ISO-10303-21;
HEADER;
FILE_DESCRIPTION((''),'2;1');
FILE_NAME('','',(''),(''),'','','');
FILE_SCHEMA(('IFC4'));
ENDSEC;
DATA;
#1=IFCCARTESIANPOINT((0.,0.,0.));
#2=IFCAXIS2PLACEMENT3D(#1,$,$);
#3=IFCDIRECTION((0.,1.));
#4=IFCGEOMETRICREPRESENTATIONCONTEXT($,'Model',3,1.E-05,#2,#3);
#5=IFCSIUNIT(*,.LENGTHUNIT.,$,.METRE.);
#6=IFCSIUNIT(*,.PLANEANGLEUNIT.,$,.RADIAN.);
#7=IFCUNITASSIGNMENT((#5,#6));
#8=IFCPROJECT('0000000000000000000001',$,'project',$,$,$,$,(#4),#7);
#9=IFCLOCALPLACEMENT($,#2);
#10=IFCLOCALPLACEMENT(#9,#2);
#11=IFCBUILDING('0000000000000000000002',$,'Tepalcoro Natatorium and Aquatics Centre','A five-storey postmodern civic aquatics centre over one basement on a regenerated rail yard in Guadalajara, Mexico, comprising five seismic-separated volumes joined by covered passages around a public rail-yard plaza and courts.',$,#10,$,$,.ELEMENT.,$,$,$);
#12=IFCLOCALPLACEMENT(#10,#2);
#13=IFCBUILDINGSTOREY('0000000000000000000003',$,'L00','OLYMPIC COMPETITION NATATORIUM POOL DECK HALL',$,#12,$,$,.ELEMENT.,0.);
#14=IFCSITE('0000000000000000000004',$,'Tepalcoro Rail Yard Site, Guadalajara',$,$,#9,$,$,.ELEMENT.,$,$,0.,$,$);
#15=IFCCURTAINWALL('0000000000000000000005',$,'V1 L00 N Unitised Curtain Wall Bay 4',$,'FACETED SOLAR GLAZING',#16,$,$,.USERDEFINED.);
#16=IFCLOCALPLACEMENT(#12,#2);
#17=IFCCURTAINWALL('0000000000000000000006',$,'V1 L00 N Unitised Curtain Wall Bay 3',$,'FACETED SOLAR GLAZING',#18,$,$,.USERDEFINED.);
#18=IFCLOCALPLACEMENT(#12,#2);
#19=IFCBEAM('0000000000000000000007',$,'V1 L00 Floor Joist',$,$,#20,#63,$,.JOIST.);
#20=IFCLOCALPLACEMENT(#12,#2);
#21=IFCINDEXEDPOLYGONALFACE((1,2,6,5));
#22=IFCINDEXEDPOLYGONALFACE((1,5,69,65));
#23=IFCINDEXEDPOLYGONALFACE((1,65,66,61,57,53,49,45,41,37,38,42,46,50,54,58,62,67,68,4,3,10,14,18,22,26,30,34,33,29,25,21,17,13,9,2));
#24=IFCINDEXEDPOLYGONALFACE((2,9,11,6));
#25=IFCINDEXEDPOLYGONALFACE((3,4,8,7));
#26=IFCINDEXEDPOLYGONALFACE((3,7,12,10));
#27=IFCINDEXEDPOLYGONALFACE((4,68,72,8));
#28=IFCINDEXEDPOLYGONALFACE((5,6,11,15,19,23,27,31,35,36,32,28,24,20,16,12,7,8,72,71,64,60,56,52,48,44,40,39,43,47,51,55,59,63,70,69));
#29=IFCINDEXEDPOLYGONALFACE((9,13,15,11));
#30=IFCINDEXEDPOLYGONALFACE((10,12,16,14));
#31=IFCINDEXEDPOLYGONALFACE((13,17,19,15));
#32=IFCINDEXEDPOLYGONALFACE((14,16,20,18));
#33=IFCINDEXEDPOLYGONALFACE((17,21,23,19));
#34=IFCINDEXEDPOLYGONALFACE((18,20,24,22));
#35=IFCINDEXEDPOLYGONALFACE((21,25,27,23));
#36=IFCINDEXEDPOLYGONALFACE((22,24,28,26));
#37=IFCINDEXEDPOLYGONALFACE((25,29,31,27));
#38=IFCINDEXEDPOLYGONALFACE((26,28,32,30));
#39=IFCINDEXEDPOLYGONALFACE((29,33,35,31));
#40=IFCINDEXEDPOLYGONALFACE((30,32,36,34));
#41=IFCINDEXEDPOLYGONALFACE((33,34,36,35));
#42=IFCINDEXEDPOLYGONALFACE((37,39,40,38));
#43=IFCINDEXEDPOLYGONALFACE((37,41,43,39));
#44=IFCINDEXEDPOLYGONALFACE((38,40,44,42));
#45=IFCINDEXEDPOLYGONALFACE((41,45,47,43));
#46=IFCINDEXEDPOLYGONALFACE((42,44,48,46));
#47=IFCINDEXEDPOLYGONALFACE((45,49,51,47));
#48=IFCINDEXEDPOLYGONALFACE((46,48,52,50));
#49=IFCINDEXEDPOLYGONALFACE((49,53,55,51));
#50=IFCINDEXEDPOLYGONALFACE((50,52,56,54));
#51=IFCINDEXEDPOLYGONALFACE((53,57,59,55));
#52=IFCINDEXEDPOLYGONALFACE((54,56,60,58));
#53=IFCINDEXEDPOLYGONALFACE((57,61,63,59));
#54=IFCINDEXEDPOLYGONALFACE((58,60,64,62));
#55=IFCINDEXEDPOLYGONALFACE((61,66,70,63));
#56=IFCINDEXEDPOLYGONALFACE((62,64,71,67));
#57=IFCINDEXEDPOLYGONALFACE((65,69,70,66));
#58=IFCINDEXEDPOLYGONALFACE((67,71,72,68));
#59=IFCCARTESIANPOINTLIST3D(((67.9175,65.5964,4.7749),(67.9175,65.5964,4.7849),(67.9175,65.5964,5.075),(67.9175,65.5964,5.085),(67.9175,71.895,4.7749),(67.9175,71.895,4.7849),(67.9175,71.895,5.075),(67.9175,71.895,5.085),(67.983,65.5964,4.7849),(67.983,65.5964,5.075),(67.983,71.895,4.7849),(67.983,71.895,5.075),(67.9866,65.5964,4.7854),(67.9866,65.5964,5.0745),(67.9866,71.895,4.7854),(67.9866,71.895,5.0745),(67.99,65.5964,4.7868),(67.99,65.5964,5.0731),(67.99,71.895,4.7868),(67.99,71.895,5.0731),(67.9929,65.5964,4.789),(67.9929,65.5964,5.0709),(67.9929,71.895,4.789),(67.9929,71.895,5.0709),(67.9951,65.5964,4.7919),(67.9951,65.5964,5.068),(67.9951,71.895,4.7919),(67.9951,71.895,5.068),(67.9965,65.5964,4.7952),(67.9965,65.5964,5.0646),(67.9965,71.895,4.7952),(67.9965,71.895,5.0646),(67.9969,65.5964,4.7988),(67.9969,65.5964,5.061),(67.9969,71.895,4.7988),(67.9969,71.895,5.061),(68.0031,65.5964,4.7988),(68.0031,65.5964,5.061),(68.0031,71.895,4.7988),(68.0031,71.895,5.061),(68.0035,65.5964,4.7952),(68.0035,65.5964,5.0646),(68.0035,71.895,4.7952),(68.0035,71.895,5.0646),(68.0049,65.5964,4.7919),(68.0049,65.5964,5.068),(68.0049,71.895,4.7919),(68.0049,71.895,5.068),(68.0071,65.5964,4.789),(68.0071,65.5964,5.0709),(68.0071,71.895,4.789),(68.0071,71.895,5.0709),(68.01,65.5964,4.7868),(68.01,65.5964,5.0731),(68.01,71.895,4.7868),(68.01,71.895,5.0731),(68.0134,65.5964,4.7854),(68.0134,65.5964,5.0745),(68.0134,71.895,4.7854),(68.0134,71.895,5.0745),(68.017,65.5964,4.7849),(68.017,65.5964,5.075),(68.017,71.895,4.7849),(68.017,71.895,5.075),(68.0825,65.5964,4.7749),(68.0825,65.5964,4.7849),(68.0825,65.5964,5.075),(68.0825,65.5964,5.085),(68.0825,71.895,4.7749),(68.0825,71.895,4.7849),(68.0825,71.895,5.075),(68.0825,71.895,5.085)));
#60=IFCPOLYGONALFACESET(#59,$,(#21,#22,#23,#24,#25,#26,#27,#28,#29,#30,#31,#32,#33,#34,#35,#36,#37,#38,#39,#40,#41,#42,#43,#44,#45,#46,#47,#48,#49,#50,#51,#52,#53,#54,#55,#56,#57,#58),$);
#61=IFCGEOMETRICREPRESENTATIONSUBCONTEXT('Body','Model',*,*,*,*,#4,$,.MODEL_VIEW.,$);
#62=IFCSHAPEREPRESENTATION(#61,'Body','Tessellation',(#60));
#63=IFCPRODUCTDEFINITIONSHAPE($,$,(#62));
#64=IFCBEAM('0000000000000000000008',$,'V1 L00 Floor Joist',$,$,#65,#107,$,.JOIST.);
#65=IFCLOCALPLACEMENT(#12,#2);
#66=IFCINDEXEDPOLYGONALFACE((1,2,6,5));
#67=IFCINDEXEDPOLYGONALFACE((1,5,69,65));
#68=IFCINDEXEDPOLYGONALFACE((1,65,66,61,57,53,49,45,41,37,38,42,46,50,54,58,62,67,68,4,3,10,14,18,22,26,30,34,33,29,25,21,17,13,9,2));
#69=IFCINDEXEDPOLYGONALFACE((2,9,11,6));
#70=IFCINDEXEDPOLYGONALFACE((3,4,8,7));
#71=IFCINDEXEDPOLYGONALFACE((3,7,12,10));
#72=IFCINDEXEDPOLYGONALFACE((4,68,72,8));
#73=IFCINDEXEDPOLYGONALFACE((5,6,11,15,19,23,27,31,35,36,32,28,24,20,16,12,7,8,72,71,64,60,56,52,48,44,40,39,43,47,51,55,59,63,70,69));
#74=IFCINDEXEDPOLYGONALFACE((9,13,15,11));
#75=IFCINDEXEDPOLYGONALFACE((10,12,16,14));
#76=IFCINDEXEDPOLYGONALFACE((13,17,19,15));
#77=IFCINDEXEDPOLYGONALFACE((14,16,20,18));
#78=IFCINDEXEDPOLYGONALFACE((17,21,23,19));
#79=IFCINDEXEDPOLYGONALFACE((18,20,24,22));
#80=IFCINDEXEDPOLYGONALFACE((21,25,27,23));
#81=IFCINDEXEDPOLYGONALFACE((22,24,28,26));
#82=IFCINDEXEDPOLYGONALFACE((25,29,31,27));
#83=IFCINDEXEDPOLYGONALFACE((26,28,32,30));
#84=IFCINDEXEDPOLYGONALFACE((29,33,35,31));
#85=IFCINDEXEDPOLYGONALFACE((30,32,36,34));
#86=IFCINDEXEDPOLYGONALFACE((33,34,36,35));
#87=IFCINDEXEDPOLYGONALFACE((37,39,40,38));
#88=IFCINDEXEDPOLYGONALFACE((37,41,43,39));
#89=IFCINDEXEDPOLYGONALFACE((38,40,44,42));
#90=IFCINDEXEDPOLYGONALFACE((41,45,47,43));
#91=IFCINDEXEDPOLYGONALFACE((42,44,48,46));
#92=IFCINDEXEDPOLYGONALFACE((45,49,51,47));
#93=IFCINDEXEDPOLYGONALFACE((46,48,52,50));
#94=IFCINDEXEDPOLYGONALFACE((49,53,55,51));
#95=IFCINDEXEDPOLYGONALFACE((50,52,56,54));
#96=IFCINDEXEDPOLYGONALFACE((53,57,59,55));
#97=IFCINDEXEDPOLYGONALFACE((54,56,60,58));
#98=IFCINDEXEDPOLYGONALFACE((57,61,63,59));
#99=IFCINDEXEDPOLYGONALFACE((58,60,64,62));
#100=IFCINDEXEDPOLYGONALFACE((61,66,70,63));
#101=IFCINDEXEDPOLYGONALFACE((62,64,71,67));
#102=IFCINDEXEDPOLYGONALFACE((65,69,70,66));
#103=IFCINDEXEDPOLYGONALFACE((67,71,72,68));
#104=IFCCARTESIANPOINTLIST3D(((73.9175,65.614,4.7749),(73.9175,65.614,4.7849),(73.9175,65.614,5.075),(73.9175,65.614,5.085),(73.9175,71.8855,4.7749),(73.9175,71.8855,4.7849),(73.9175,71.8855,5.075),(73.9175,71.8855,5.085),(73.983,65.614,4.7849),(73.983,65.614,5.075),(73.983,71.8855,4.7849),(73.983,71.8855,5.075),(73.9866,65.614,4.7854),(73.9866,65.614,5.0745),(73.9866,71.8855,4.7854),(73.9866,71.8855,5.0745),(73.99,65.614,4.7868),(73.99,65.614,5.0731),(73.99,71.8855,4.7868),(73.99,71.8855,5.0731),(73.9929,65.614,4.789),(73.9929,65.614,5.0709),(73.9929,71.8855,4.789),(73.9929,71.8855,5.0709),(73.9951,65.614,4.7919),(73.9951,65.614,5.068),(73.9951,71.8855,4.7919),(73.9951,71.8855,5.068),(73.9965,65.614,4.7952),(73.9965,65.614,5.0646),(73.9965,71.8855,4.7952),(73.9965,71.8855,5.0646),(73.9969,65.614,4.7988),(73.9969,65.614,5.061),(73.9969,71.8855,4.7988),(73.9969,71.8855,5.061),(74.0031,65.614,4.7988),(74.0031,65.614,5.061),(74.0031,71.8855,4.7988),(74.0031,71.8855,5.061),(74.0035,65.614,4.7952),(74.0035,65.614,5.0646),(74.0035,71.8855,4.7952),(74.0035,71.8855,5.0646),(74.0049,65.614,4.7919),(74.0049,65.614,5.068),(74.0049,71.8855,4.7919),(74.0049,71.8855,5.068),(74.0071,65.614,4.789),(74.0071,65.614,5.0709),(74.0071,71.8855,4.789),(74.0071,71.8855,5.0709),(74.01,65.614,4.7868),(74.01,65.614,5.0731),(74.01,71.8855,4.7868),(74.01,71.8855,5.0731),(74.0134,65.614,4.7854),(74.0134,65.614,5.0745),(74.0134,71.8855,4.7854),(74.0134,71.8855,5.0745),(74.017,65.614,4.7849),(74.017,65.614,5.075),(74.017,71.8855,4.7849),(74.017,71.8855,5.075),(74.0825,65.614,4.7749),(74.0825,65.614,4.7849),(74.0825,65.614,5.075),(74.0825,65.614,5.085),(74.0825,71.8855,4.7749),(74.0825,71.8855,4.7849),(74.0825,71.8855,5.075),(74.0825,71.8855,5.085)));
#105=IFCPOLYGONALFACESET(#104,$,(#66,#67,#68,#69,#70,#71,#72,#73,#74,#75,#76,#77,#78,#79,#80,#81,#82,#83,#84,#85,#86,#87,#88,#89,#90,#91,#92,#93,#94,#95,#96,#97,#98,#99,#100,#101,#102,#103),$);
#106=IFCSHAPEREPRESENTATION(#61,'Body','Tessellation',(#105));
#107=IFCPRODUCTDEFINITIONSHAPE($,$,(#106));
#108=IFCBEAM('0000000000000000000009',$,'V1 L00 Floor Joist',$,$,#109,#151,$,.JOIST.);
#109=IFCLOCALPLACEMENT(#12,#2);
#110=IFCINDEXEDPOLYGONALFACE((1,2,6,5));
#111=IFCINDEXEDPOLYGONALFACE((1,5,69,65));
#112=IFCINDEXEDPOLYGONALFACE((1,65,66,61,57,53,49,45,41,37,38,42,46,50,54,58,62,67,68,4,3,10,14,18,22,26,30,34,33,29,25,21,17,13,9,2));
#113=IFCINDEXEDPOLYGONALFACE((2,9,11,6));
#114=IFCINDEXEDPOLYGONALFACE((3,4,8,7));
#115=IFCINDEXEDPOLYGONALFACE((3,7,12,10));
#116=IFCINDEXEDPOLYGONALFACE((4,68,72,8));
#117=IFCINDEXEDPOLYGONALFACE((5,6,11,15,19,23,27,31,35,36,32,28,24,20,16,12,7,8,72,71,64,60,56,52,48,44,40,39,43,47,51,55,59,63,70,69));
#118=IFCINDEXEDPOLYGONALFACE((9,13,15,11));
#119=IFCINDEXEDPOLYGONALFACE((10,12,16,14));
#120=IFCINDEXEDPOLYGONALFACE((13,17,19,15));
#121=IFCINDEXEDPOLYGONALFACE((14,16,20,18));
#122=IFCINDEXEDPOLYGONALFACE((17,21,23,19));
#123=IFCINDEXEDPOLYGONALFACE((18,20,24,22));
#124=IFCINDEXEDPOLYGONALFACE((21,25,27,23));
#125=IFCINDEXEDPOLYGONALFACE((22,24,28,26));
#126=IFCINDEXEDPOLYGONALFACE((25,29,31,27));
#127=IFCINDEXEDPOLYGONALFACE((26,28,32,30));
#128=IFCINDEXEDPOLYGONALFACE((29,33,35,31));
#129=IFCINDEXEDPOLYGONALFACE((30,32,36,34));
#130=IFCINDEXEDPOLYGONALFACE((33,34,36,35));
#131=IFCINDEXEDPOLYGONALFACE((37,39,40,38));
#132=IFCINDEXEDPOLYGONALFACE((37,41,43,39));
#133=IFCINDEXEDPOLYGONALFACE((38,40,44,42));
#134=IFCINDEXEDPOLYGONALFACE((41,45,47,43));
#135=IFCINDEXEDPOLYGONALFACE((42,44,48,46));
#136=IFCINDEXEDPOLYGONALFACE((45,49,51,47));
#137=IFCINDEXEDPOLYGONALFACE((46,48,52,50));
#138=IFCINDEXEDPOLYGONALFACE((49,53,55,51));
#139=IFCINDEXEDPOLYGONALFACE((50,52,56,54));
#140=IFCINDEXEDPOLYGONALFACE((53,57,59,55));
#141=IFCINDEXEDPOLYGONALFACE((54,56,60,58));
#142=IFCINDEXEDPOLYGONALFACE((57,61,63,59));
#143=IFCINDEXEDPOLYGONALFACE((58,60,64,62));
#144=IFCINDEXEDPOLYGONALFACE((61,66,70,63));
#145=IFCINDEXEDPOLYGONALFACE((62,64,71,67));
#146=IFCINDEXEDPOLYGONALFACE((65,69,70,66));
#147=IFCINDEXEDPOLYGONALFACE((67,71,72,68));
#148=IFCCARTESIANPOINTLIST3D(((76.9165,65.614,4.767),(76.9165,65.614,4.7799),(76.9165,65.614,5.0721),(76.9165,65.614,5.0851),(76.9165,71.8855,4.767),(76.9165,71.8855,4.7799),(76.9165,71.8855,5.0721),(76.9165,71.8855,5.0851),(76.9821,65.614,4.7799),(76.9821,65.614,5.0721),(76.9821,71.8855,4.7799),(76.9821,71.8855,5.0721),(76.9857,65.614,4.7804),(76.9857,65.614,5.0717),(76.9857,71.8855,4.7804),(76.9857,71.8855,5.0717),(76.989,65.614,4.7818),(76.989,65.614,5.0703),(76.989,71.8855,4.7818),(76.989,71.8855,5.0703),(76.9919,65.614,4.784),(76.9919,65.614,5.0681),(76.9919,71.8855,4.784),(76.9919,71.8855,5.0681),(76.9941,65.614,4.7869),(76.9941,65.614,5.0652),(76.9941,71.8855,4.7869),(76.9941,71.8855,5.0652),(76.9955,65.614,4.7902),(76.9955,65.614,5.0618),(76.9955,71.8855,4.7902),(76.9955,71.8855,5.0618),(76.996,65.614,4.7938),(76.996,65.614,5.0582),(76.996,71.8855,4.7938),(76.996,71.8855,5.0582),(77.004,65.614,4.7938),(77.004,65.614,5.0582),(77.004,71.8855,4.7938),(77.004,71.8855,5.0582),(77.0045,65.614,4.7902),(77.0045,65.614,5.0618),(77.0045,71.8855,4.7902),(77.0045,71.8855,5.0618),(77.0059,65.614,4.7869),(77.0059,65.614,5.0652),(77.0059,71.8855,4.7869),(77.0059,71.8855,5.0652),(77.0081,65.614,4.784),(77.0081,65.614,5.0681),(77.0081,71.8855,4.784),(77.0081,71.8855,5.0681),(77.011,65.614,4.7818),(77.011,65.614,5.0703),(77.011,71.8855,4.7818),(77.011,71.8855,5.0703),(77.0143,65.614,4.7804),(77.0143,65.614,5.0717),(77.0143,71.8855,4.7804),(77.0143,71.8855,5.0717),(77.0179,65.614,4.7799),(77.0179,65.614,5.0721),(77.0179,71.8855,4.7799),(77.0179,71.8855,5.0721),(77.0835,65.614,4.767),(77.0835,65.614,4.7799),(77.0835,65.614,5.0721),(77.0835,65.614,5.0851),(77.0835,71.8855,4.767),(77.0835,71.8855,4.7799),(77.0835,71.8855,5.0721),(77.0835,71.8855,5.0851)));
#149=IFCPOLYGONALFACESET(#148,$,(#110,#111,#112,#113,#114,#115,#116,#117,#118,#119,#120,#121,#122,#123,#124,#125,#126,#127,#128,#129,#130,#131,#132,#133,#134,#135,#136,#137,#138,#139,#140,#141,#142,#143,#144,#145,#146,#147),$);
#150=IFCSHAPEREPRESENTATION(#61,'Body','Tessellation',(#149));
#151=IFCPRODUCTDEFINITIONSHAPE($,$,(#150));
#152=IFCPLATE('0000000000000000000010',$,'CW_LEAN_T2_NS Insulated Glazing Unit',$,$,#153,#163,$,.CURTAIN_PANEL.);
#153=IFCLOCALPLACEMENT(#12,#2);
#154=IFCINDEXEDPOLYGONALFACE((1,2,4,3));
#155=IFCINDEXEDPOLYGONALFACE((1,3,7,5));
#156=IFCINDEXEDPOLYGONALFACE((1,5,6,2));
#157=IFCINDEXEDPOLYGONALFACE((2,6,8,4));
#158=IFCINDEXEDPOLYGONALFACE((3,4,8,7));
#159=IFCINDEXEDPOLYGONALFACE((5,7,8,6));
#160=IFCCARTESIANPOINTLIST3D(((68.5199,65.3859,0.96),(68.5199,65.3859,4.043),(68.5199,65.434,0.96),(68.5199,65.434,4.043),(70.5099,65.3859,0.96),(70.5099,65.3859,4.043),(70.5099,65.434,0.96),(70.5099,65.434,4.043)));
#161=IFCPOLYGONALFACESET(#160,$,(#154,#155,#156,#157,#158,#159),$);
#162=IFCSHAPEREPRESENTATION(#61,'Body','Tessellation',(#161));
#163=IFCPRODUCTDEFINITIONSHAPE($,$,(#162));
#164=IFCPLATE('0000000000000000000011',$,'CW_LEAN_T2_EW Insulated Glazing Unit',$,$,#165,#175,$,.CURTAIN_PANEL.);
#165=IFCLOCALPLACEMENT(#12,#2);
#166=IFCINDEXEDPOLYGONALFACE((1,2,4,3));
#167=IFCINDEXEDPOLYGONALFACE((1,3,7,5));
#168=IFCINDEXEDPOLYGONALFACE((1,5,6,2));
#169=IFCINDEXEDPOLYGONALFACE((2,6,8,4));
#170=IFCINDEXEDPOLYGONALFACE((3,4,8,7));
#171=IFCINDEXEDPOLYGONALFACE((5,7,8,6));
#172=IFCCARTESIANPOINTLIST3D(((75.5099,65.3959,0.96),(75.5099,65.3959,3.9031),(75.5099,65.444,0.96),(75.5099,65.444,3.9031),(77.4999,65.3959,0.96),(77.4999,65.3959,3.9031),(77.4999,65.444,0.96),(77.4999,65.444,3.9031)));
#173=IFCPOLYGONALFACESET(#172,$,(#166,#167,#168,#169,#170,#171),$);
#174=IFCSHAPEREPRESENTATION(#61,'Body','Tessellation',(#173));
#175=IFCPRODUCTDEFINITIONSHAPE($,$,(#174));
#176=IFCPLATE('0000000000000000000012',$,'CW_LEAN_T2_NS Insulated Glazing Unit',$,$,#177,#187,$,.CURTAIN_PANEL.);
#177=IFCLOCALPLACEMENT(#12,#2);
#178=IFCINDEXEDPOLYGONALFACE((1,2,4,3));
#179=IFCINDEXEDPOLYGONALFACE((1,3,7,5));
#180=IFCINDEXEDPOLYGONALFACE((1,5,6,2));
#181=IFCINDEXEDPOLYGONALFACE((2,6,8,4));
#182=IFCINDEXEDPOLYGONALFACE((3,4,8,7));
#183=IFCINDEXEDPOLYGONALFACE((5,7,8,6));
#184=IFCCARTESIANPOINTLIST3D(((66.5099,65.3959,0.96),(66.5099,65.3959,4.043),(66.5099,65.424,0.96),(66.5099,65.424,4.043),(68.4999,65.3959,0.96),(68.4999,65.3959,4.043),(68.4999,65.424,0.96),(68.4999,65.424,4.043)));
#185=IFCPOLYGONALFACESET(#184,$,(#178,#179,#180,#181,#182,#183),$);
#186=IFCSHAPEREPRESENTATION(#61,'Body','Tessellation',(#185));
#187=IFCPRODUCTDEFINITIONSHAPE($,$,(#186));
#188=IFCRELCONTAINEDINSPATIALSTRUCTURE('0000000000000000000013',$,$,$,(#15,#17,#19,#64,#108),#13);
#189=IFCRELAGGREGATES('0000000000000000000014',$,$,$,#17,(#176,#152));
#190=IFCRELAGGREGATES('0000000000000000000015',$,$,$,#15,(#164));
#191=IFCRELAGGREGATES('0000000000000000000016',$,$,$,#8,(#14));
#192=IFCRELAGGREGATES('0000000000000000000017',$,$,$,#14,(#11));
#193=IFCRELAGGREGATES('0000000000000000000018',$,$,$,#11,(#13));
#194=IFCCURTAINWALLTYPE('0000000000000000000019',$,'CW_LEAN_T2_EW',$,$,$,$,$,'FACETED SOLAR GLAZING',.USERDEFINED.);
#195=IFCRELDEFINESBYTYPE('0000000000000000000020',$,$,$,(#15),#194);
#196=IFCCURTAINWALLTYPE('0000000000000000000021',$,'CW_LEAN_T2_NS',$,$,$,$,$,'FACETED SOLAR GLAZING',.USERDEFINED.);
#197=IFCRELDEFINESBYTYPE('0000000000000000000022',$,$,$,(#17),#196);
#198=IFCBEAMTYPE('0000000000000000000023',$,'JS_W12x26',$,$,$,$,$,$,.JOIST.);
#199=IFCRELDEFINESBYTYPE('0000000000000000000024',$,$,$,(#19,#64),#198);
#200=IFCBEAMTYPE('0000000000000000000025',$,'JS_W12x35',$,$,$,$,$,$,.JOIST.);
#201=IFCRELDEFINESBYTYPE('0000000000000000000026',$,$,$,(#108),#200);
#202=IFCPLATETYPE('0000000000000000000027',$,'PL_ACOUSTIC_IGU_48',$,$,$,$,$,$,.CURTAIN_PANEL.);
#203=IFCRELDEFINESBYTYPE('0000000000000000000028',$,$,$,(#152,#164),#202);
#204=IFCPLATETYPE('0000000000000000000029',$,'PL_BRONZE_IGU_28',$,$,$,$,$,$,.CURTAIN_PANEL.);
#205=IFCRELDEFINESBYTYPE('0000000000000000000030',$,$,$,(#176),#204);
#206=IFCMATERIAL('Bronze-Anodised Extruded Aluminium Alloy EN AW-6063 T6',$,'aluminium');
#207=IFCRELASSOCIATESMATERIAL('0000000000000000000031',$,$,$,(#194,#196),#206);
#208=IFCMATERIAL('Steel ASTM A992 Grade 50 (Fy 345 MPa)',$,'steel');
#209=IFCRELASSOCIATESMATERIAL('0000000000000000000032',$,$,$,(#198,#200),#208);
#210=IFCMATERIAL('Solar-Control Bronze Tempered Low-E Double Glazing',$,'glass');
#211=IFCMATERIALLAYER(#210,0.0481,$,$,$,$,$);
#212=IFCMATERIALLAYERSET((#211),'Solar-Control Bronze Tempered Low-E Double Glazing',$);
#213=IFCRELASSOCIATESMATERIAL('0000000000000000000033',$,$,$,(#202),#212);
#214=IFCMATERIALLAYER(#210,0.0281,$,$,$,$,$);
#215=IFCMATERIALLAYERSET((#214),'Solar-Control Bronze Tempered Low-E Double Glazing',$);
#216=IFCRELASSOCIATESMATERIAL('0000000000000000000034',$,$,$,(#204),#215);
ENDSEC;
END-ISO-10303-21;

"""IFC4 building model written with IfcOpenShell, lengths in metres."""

from ifc_helpers import new_model, si_unit, direction, frame, origin, origin_2d, place, context, subcontext, project, spatial, rectangle, i_section, extrude, material, layer, layer_set, material_profile, profile_set, type_object, element, aggregate, save


model = new_model("IFC4")

# Units and contexts
model_context = context("Model", 3, precision=1e-05, world=origin(), true_north=direction((0.0, 1.0)))
body_context = subcontext(model_context, "Body", "Model", "MODEL_VIEW")
ifc_project = project(units=[si_unit("LENGTHUNIT", "METRE"), si_unit("PLANEANGLEUNIT", "RADIAN")], contexts=[model_context])

# Site, building, storey
site_placement = place(None, origin())
site = spatial("IfcSite", under=ifc_project, at=site_placement, Name="Tepalcoro Rail Yard Site, Guadalajara", CompositionType="ELEMENT", RefElevation=0.0)
building_placement = place(site_placement, origin())
building = spatial("IfcBuilding", under=site, at=building_placement, Name="Tepalcoro Natatorium and Aquatics Centre", Description="A five-storey postmodern civic aquatics centre over one basement on a regenerated rail yard in Guadalajara, Mexico, comprising five seismic-separated volumes joined by covered passages around a public rail-yard plaza and courts.", CompositionType="ELEMENT")
storey_placement = place(building_placement, origin())
storey = spatial("IfcBuildingStorey", under=building, at=storey_placement, Name="L00", Description="OLYMPIC COMPETITION NATATORIUM POOL DECK HALL", CompositionType="ELEMENT", Elevation=0.0)

# Shared definitions
ifc_material_1 = material(Name="Steel ASTM A992 Grade 50 (Fy 345 MPa)", Category="steel")

# Curtain walls
ifc_material_2 = material(Name="Bronze-Anodised Extruded Aluminium Alloy EN AW-6063 T6", Category="aluminium")
curtain_wall_type_1 = type_object("IfcCurtainWallType", Name="CW_LEAN_T2_EW", ElementType="FACETED SOLAR GLAZING", PredefinedType="USERDEFINED", material=ifc_material_2)
curtain_wall_1_placement = place(storey_placement, origin())
curtain_wall_1 = element("IfcCurtainWall", 1, at=curtain_wall_1_placement, inside=storey, type_object=curtain_wall_type_1, Name="V1 L00 N Unitised Curtain Wall Bay 4", ObjectType="FACETED SOLAR GLAZING", PredefinedType="USERDEFINED")
curtain_wall_type_2 = type_object("IfcCurtainWallType", Name="CW_LEAN_T2_NS", ElementType="FACETED SOLAR GLAZING", PredefinedType="USERDEFINED", material=ifc_material_2)
curtain_wall_2_placement = place(storey_placement, origin())
curtain_wall_2 = element("IfcCurtainWall", 2, at=curtain_wall_2_placement, inside=storey, type_object=curtain_wall_type_2, Name="V1 L00 N Unitised Curtain Wall Bay 3", ObjectType="FACETED SOLAR GLAZING", PredefinedType="USERDEFINED")

# Beams
ifc_material_profile_1 = material_profile(ifc_material_1, i_section(OverallWidth=0.165, OverallDepth=0.3101, WebThickness=0.0061, FlangeThickness=0.01, FilletRadius=0.0139, at=origin_2d()), Name="W12X26")
ifc_profile_set_1 = profile_set([ifc_material_profile_1], Name="Steel ASTM A992 Grade 50 (Fy 345 MPa)")
beam_type_1 = type_object("IfcBeamType", Name="JS_W12x26", PredefinedType="JOIST", material=ifc_profile_set_1)
beam_1_placement = place(storey_placement, frame((68.0, 65.5964, 4.9299), z_axis=(0.0, 1.0, 0.0), x_axis=(-1.0, 0.0, 0.0)))
element("IfcBeam", 3, at=beam_1_placement, inside=storey, type_object=beam_type_1, Name="V1 L00 Floor Joist", PredefinedType="JOIST", context=body_context, shape_type="SweptSolid", body=[
    extrude(i_section(OverallWidth=0.165, OverallDepth=0.3101, WebThickness=0.0061, FlangeThickness=0.01, FilletRadius=0.0139, at=origin_2d()), origin(), (0.0, 0.0, 1.0), 6.2986),
])
beam_2_placement = place(storey_placement, frame((74.0, 65.614, 4.9299), z_axis=(0.0, 1.0, 0.0), x_axis=(-1.0, 0.0, 0.0)))
element("IfcBeam", 4, at=beam_2_placement, inside=storey, type_object=beam_type_1, Name="V1 L00 Floor Joist", PredefinedType="JOIST", context=body_context, shape_type="SweptSolid", body=[
    extrude(i_section(OverallWidth=0.165, OverallDepth=0.3101, WebThickness=0.0061, FlangeThickness=0.01, FilletRadius=0.0139, at=origin_2d()), origin(), (0.0, 0.0, 1.0), 6.2715),
])
ifc_material_profile_2 = material_profile(ifc_material_1, i_section(OverallWidth=0.167, OverallDepth=0.3181, WebThickness=0.0081, FlangeThickness=0.0129, FilletRadius=0.0139, at=origin_2d()), Name="W12X35")
ifc_profile_set_2 = profile_set([ifc_material_profile_2], Name="Steel ASTM A992 Grade 50 (Fy 345 MPa)")
beam_type_2 = type_object("IfcBeamType", Name="JS_W12x35", PredefinedType="JOIST", material=ifc_profile_set_2)
beam_3_placement = place(storey_placement, frame((77.0, 65.614, 4.926), z_axis=(0.0, 1.0, 0.0), x_axis=(-1.0, 0.0, 0.0)))
element("IfcBeam", 5, at=beam_3_placement, inside=storey, type_object=beam_type_2, Name="V1 L00 Floor Joist", PredefinedType="JOIST", context=body_context, shape_type="SweptSolid", body=[
    extrude(i_section(OverallWidth=0.167, OverallDepth=0.3181, WebThickness=0.0081, FlangeThickness=0.0129, FilletRadius=0.0139, at=origin_2d()), origin(), (0.0, 0.0, 1.0), 6.2715),
])

# Plates
ifc_material_3 = material(Name="Solar-Control Bronze Tempered Low-E Double Glazing", Category="glass")
ifc_layer_1 = layer(ifc_material_3, 0.0481)
ifc_layer_set_1 = layer_set([ifc_layer_1], Name="Solar-Control Bronze Tempered Low-E Double Glazing")
plate_type_1 = type_object("IfcPlateType", Name="PL_ACOUSTIC_IGU_48", PredefinedType="CURTAIN_PANEL", material=ifc_layer_set_1)
plate_1_placement = place(storey_placement, frame((69.5149, 65.4099, 0.96), z_axis=(0.0, 0.0, 1.0), x_axis=(1.0, 0.0, 0.0)))
plate_1 = element("IfcPlate", 6, at=plate_1_placement, type_object=plate_type_1, Name="CW_LEAN_T2_NS Insulated Glazing Unit", PredefinedType="CURTAIN_PANEL", context=body_context, shape_type="SweptSolid", body=[
    extrude(rectangle(XDim=1.99, YDim=0.0481, at=origin_2d()), origin(), (0.0, 0.0, 1.0), 3.083),
])
plate_2_placement = place(storey_placement, frame((76.5049, 65.4199, 0.96), z_axis=(0.0, 0.0, 1.0), x_axis=(1.0, 0.0, 0.0)))
plate_2 = element("IfcPlate", 7, at=plate_2_placement, type_object=plate_type_1, Name="CW_LEAN_T2_EW Insulated Glazing Unit", PredefinedType="CURTAIN_PANEL", context=body_context, shape_type="SweptSolid", body=[
    extrude(rectangle(XDim=1.99, YDim=0.0481, at=origin_2d()), origin(), (0.0, 0.0, 1.0), 2.9431),
])
ifc_layer_2 = layer(ifc_material_3, 0.0281)
ifc_layer_set_2 = layer_set([ifc_layer_2], Name="Solar-Control Bronze Tempered Low-E Double Glazing")
plate_type_2 = type_object("IfcPlateType", Name="PL_BRONZE_IGU_28", PredefinedType="CURTAIN_PANEL", material=ifc_layer_set_2)
plate_3_placement = place(storey_placement, frame((67.5049, 65.4099, 0.96), z_axis=(0.0, 0.0, 1.0), x_axis=(1.0, 0.0, 0.0)))
plate_3 = element("IfcPlate", 8, at=plate_3_placement, type_object=plate_type_2, Name="CW_LEAN_T2_NS Insulated Glazing Unit", PredefinedType="CURTAIN_PANEL", context=body_context, shape_type="SweptSolid", body=[
    extrude(rectangle(XDim=1.99, YDim=0.0281, at=origin_2d()), origin(), (0.0, 0.0, 1.0), 3.083),
])
aggregate(curtain_wall_2, [plate_3, plate_1])
aggregate(curtain_wall_1, [plate_2])

save(model, "model.ifc")
